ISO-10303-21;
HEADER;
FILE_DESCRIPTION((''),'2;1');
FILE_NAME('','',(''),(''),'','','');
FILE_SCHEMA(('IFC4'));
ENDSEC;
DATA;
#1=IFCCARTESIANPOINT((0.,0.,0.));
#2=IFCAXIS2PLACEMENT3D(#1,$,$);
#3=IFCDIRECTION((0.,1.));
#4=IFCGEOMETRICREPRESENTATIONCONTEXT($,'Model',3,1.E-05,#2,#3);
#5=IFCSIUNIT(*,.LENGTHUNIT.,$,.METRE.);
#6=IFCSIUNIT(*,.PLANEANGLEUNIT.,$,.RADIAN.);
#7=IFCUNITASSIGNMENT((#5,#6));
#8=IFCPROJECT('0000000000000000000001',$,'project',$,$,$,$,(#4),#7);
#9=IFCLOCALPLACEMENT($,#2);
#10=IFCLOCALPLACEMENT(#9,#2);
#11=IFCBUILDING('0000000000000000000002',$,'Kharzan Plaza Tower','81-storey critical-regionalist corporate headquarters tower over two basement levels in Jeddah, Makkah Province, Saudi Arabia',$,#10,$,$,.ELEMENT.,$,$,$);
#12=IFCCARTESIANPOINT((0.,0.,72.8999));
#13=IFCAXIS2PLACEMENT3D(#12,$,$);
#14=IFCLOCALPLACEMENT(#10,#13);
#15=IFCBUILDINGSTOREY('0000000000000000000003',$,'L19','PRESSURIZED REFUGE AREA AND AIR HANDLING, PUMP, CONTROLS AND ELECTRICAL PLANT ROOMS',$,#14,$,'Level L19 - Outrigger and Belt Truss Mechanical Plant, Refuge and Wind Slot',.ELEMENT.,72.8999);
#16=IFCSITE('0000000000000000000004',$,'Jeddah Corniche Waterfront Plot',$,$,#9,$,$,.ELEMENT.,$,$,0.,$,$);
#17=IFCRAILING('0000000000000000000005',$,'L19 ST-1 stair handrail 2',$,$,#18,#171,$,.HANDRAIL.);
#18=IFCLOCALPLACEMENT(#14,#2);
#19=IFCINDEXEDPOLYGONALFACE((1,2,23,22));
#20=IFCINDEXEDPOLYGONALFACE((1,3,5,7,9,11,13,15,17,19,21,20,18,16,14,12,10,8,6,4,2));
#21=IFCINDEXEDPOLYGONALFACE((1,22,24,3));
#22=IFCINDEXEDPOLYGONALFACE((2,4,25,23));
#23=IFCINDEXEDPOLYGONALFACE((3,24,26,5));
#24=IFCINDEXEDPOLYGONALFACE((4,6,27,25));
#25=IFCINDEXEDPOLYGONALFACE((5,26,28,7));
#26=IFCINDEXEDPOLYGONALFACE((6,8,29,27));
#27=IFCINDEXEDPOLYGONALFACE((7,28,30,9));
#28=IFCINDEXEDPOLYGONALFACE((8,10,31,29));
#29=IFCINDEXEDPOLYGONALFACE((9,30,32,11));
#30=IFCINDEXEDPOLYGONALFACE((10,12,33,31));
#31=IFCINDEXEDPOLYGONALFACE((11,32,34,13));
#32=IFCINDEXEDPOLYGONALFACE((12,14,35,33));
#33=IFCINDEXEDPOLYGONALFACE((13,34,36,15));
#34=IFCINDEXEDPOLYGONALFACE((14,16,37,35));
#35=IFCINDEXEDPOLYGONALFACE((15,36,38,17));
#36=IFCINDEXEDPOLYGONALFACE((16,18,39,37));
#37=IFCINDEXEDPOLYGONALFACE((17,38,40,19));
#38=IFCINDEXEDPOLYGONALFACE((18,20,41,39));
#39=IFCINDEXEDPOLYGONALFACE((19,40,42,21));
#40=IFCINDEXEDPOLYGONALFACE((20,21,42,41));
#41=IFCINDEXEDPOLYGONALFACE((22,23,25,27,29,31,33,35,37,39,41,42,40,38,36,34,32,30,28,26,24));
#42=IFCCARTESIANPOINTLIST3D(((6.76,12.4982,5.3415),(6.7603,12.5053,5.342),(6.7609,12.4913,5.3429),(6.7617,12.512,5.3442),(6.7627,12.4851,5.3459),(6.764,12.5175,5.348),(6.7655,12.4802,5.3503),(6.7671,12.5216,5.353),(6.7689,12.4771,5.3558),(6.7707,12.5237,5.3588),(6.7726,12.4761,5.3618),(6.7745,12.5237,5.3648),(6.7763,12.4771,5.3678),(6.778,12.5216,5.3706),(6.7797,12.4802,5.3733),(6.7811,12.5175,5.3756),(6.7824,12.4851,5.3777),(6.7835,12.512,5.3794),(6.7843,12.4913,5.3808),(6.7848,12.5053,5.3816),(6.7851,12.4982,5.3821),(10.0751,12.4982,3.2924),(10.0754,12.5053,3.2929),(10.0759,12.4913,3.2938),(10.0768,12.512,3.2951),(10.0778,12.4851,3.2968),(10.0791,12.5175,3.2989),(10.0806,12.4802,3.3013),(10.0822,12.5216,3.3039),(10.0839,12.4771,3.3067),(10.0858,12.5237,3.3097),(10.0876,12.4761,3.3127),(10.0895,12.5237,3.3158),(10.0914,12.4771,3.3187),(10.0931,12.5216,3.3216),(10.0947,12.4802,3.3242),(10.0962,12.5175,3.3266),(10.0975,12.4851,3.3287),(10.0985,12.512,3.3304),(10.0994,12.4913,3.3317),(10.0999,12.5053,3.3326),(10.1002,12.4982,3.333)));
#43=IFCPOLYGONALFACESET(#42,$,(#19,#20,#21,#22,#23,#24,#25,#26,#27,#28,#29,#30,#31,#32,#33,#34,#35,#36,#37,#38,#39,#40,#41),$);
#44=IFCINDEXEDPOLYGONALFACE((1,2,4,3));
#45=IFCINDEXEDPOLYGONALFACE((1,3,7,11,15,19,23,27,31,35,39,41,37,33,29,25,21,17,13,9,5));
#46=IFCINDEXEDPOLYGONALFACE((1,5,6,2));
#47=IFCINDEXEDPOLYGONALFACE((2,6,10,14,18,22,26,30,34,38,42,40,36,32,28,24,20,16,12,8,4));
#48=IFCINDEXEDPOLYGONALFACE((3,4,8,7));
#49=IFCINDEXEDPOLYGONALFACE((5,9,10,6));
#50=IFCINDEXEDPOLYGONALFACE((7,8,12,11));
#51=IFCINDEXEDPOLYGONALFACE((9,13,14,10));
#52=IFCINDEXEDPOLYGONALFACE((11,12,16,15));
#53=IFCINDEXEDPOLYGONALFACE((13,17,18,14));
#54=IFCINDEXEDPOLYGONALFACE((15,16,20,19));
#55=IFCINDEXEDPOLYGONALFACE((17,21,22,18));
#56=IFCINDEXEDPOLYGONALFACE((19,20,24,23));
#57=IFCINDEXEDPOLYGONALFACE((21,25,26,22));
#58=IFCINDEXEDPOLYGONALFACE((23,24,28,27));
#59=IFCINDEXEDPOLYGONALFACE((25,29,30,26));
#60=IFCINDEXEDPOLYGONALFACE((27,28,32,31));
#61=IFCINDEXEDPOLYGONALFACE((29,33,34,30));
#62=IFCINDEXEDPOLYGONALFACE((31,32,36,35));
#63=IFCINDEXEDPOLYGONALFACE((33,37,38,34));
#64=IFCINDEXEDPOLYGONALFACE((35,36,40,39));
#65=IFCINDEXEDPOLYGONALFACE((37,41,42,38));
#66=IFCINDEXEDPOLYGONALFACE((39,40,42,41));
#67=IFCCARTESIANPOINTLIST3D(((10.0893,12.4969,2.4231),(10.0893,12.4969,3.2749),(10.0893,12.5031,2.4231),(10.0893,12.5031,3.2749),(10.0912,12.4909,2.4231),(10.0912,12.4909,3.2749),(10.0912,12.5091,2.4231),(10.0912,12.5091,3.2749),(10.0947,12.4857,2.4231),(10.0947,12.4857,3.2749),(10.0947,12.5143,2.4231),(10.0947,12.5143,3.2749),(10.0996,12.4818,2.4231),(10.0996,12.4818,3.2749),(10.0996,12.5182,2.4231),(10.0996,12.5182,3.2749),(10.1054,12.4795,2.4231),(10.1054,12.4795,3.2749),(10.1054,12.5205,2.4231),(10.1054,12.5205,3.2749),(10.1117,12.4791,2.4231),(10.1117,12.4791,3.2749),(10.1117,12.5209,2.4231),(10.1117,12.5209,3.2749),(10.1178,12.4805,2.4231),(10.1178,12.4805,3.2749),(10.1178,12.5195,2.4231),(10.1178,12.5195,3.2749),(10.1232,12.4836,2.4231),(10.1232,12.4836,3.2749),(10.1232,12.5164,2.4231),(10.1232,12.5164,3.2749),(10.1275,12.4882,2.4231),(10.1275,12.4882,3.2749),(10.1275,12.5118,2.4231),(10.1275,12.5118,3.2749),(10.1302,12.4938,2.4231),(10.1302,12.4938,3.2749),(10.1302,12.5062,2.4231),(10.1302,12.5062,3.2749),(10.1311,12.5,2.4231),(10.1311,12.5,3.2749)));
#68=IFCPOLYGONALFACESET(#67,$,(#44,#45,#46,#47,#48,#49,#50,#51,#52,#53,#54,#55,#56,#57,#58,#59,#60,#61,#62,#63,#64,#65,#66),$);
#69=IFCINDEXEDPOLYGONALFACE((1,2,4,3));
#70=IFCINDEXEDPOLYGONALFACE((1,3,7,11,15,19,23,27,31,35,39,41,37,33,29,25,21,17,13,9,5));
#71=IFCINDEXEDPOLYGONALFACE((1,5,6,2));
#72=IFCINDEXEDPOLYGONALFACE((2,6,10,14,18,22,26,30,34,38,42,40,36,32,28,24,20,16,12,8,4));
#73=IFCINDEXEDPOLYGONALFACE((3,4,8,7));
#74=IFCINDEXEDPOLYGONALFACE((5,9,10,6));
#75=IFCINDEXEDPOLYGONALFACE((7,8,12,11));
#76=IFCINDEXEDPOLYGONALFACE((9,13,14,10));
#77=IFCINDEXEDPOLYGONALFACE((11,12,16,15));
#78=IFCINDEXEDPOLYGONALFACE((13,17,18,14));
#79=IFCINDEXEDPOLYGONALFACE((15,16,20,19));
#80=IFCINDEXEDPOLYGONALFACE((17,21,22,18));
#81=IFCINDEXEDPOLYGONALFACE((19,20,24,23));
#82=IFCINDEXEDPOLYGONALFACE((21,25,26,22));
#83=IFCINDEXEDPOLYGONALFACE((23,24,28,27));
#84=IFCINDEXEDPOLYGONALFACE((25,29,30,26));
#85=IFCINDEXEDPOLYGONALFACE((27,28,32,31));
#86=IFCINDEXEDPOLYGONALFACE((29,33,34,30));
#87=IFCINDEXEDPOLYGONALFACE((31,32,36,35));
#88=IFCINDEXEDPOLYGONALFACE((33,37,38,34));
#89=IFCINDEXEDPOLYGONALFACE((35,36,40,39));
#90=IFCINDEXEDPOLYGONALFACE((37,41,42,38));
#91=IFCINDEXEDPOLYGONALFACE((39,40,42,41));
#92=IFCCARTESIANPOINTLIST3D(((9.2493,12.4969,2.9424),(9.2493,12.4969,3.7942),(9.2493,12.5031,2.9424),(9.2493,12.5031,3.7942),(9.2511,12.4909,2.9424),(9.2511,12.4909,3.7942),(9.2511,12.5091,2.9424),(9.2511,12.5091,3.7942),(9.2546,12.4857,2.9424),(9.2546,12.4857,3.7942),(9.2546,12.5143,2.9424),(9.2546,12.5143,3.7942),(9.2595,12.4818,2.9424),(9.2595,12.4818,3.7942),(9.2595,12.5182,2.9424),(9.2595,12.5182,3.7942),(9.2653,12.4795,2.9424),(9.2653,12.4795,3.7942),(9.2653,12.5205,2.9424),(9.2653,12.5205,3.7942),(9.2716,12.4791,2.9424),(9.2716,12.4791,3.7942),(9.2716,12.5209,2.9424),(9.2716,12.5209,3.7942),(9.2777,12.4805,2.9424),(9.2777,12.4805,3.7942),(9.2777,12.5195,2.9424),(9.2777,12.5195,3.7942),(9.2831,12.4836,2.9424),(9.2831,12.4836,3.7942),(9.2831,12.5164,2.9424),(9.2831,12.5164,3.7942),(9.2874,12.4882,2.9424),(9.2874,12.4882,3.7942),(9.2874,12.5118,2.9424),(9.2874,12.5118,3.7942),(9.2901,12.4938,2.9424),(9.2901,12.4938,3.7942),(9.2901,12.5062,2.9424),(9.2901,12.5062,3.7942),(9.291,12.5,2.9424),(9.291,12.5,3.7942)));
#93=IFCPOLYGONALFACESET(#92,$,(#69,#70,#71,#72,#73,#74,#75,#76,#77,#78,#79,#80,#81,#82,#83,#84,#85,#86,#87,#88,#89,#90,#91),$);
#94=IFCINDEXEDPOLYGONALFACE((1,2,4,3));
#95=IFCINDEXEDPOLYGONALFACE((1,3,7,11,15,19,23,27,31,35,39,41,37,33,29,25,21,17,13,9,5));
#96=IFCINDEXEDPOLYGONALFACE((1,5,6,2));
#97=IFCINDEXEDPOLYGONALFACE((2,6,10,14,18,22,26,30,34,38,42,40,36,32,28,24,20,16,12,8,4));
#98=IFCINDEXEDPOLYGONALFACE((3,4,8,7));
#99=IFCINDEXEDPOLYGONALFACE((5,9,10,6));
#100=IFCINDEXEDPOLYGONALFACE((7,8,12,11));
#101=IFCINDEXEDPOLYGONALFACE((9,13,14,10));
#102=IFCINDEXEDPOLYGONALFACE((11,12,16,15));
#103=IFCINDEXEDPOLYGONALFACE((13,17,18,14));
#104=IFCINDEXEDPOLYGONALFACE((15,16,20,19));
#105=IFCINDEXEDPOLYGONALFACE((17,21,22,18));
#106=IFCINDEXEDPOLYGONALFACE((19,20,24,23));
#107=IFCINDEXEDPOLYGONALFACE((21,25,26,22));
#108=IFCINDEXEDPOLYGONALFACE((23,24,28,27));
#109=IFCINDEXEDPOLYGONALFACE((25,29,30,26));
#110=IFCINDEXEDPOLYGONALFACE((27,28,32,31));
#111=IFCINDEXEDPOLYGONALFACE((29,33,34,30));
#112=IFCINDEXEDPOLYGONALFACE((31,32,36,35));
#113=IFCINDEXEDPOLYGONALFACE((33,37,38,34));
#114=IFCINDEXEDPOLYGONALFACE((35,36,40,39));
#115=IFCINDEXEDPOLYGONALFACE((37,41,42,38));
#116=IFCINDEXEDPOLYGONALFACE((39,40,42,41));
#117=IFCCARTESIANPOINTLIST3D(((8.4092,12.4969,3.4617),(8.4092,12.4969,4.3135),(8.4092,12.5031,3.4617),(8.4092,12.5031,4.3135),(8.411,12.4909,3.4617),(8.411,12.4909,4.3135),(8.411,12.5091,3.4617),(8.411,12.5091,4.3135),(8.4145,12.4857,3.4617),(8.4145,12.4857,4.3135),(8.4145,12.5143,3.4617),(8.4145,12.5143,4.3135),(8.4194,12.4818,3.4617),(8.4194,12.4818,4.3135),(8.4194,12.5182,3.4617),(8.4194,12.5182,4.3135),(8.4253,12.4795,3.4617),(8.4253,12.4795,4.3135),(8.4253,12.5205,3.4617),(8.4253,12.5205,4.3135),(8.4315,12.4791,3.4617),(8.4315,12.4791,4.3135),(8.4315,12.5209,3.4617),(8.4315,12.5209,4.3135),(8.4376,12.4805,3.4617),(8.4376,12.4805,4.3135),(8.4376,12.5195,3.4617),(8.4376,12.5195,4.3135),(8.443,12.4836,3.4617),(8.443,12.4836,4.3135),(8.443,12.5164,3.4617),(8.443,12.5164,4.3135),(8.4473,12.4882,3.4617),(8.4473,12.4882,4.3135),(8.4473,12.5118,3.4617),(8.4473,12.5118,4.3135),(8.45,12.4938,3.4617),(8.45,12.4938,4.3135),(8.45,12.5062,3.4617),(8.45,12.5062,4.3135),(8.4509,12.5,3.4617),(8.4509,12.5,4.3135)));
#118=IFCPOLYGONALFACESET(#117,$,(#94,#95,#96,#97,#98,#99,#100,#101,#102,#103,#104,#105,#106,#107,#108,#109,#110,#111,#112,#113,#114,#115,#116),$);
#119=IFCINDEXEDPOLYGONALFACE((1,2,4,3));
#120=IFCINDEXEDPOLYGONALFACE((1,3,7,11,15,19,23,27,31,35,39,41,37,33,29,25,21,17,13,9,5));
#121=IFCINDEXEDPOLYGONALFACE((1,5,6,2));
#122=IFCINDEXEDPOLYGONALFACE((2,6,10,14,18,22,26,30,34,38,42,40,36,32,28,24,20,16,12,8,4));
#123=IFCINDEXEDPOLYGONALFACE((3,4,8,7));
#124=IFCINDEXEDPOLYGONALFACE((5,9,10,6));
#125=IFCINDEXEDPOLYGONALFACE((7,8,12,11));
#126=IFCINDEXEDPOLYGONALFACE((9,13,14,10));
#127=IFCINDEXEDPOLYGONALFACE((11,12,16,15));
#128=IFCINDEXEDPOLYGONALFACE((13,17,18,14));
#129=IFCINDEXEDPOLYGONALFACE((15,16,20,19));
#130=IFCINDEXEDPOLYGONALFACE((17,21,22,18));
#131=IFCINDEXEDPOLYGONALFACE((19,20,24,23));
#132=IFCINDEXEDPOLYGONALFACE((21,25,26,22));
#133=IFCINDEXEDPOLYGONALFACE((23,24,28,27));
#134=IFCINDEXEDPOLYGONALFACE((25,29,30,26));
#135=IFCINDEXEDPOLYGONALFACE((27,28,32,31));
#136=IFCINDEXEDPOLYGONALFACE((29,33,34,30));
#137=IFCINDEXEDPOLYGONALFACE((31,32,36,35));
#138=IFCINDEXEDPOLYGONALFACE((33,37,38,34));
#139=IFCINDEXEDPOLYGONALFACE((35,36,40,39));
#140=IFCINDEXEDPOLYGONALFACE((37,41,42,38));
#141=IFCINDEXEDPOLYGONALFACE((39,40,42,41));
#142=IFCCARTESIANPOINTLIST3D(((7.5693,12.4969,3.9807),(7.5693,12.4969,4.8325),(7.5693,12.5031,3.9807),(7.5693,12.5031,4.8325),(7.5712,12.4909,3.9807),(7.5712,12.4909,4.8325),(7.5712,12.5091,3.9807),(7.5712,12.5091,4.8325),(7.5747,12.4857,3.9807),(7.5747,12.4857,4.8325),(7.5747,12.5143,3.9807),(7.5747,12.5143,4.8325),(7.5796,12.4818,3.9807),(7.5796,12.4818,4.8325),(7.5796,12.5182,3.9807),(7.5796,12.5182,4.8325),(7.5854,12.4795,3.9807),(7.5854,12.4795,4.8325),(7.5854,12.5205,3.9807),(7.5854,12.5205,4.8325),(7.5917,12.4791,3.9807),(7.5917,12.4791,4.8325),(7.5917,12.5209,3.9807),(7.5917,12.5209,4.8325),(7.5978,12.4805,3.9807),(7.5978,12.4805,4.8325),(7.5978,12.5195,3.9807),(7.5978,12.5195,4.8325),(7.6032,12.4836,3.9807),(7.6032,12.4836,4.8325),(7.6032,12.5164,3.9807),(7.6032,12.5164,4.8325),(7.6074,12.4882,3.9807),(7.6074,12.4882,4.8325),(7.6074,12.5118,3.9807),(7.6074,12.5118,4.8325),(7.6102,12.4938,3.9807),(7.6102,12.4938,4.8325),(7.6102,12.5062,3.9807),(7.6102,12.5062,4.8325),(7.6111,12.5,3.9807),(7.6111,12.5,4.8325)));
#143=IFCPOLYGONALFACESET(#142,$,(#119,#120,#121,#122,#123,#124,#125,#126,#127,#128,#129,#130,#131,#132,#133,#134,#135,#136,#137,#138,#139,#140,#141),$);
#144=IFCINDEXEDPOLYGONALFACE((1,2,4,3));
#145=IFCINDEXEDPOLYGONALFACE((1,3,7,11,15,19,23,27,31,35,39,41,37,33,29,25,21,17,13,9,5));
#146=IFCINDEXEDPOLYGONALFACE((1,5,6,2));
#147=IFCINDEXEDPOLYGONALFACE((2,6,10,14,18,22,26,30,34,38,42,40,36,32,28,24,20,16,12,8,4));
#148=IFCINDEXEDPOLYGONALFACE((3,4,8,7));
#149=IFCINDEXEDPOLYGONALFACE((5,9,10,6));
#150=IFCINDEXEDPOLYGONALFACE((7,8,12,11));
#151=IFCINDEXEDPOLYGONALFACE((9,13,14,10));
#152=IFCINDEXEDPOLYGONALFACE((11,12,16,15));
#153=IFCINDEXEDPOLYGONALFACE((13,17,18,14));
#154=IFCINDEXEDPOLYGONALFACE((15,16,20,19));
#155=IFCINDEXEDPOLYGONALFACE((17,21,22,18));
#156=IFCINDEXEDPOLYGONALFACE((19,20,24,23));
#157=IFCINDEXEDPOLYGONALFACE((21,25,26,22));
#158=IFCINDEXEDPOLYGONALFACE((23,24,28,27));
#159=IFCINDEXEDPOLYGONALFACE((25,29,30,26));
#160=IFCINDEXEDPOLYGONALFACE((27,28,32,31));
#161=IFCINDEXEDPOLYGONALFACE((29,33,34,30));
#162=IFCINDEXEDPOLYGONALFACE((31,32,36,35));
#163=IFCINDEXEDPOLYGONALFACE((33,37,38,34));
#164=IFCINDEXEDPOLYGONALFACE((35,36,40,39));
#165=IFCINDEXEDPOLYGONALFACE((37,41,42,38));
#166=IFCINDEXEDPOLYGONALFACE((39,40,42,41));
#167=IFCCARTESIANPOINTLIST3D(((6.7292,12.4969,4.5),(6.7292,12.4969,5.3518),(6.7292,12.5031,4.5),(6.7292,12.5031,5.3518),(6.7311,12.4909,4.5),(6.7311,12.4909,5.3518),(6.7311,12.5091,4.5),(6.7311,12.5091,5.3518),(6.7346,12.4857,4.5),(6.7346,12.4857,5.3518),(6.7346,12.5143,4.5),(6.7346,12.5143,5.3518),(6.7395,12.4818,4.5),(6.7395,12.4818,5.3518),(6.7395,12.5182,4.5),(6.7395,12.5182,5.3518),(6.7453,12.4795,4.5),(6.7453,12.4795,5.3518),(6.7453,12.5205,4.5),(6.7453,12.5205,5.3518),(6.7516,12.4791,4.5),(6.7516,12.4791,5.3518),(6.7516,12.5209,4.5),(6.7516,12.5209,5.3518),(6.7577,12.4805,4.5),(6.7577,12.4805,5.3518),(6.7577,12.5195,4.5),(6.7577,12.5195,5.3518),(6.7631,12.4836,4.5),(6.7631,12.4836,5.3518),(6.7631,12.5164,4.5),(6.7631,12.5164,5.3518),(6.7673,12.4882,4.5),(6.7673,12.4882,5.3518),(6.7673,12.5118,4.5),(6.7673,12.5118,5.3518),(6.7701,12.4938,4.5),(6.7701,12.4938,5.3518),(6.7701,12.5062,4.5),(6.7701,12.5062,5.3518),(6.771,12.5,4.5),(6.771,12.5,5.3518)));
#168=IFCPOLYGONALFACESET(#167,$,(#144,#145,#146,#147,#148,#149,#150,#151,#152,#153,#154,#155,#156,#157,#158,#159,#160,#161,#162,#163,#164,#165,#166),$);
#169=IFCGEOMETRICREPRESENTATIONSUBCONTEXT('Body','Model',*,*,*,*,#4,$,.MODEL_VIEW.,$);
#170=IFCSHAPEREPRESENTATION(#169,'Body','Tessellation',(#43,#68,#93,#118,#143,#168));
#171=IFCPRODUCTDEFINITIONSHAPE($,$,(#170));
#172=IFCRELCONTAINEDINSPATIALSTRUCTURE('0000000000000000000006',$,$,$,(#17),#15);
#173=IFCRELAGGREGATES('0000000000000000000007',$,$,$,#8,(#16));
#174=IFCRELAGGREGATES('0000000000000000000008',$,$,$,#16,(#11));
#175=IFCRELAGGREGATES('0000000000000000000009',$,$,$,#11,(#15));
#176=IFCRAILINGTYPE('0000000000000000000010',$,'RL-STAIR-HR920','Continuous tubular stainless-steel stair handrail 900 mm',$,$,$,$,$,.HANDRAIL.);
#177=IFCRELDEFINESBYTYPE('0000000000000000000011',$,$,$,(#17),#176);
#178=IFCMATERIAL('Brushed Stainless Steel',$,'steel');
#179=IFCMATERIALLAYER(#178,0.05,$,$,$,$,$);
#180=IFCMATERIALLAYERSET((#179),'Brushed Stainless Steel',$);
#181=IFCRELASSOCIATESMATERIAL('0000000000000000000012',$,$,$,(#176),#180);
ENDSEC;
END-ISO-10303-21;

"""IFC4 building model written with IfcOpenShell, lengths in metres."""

from ifc_helpers import new_model, si_unit, direction, frame, origin, origin_2d, place, context, subcontext, project, spatial, circle, extrude, source, transform, mapped, material, layer, layer_set, type_object, element, save


model = new_model("IFC4")

# Units and contexts
model_context = context("Model", 3, precision=1e-05, world=origin(), true_north=direction((0.0, 1.0)))
body_context = subcontext(model_context, "Body", "Model", "MODEL_VIEW")
ifc_project = project(units=[si_unit("LENGTHUNIT", "METRE"), si_unit("PLANEANGLEUNIT", "RADIAN")], contexts=[model_context])

# Site, building, storey
site_placement = place(None, origin())
site = spatial("IfcSite", under=ifc_project, at=site_placement, Name="Jeddah Corniche Waterfront Plot", CompositionType="ELEMENT", RefElevation=0.0)
building_placement = place(site_placement, origin())
building = spatial("IfcBuilding", under=site, at=building_placement, Name="Kharzan Plaza Tower", Description="81-storey critical-regionalist corporate headquarters tower over two basement levels in Jeddah, Makkah Province, Saudi Arabia", CompositionType="ELEMENT")
storey_placement = place(building_placement, frame((0.0, 0.0, 72.8999)))
storey = spatial("IfcBuildingStorey", under=building, at=storey_placement, Name="L19", Description="PRESSURIZED REFUGE AREA AND AIR HANDLING, PUMP, CONTROLS AND ELECTRICAL PLANT ROOMS", LongName="Level L19 - Outrigger and Belt Truss Mechanical Plant, Refuge and Wind Slot", CompositionType="ELEMENT", Elevation=72.8999)

# Shared definitions
ifc_material_1 = material(Name="Brushed Stainless Steel", Category="steel")

# Railing
ifc_layer_1 = layer(ifc_material_1, 0.05)
ifc_layer_set_1 = layer_set([ifc_layer_1], Name="Brushed Stainless Steel")
railing_type_1 = type_object("IfcRailingType", Name="RL-STAIR-HR920", Description="Continuous tubular stainless-steel stair handrail 900 mm", PredefinedType="HANDRAIL", material=ifc_layer_set_1)
shared_shape_1 = source(origin(), body_context, "Body", "SweptSolid", [
    extrude(circle(Radius=0.0239, at=origin_2d()), frame((-0.0225, 0.0, 0.8896), z_axis=(-0.850623, 0.0, 0.525776), x_axis=(0.0, -1.0, 0.0)), (0.0, 0.0, 1.0), 3.8972),
    extrude(circle(Radius=0.021, at=origin_2d()), origin(), (0.0, 0.0, 1.0), 0.8518),
    extrude(circle(Radius=0.021, at=origin_2d()), frame((-0.8401, 0.0, 0.5193)), (0.0, 0.0, 1.0), 0.8518),
    extrude(circle(Radius=0.021, at=origin_2d()), frame((-1.6802, 0.0, 1.0386)), (0.0, 0.0, 1.0), 0.8518),
    extrude(circle(Radius=0.021, at=origin_2d()), frame((-2.52, 0.0, 1.5576)), (0.0, 0.0, 1.0), 0.8518),
    extrude(circle(Radius=0.021, at=origin_2d()), frame((-3.3601, 0.0, 2.0769)), (0.0, 0.0, 1.0), 0.8518),
])
railing_1_placement = place(storey_placement, frame((10.1101, 12.5, 2.4231)))
element("IfcRailing", 1, at=railing_1_placement, inside=storey, type_object=railing_type_1, Name="L19 ST-1 stair handrail 2", PredefinedType="HANDRAIL", context=body_context, shape_type="MappedRepresentation", body=[
    mapped(shared_shape_1, transform((0.0, 0.0, 0.0), x_axis=(1.0, 0.0, 0.0), y_axis=(0.0, 1.0, 0.0), z_axis=(0.0, 0.0, 1.0))),
])

save(model, "model.ifc")
